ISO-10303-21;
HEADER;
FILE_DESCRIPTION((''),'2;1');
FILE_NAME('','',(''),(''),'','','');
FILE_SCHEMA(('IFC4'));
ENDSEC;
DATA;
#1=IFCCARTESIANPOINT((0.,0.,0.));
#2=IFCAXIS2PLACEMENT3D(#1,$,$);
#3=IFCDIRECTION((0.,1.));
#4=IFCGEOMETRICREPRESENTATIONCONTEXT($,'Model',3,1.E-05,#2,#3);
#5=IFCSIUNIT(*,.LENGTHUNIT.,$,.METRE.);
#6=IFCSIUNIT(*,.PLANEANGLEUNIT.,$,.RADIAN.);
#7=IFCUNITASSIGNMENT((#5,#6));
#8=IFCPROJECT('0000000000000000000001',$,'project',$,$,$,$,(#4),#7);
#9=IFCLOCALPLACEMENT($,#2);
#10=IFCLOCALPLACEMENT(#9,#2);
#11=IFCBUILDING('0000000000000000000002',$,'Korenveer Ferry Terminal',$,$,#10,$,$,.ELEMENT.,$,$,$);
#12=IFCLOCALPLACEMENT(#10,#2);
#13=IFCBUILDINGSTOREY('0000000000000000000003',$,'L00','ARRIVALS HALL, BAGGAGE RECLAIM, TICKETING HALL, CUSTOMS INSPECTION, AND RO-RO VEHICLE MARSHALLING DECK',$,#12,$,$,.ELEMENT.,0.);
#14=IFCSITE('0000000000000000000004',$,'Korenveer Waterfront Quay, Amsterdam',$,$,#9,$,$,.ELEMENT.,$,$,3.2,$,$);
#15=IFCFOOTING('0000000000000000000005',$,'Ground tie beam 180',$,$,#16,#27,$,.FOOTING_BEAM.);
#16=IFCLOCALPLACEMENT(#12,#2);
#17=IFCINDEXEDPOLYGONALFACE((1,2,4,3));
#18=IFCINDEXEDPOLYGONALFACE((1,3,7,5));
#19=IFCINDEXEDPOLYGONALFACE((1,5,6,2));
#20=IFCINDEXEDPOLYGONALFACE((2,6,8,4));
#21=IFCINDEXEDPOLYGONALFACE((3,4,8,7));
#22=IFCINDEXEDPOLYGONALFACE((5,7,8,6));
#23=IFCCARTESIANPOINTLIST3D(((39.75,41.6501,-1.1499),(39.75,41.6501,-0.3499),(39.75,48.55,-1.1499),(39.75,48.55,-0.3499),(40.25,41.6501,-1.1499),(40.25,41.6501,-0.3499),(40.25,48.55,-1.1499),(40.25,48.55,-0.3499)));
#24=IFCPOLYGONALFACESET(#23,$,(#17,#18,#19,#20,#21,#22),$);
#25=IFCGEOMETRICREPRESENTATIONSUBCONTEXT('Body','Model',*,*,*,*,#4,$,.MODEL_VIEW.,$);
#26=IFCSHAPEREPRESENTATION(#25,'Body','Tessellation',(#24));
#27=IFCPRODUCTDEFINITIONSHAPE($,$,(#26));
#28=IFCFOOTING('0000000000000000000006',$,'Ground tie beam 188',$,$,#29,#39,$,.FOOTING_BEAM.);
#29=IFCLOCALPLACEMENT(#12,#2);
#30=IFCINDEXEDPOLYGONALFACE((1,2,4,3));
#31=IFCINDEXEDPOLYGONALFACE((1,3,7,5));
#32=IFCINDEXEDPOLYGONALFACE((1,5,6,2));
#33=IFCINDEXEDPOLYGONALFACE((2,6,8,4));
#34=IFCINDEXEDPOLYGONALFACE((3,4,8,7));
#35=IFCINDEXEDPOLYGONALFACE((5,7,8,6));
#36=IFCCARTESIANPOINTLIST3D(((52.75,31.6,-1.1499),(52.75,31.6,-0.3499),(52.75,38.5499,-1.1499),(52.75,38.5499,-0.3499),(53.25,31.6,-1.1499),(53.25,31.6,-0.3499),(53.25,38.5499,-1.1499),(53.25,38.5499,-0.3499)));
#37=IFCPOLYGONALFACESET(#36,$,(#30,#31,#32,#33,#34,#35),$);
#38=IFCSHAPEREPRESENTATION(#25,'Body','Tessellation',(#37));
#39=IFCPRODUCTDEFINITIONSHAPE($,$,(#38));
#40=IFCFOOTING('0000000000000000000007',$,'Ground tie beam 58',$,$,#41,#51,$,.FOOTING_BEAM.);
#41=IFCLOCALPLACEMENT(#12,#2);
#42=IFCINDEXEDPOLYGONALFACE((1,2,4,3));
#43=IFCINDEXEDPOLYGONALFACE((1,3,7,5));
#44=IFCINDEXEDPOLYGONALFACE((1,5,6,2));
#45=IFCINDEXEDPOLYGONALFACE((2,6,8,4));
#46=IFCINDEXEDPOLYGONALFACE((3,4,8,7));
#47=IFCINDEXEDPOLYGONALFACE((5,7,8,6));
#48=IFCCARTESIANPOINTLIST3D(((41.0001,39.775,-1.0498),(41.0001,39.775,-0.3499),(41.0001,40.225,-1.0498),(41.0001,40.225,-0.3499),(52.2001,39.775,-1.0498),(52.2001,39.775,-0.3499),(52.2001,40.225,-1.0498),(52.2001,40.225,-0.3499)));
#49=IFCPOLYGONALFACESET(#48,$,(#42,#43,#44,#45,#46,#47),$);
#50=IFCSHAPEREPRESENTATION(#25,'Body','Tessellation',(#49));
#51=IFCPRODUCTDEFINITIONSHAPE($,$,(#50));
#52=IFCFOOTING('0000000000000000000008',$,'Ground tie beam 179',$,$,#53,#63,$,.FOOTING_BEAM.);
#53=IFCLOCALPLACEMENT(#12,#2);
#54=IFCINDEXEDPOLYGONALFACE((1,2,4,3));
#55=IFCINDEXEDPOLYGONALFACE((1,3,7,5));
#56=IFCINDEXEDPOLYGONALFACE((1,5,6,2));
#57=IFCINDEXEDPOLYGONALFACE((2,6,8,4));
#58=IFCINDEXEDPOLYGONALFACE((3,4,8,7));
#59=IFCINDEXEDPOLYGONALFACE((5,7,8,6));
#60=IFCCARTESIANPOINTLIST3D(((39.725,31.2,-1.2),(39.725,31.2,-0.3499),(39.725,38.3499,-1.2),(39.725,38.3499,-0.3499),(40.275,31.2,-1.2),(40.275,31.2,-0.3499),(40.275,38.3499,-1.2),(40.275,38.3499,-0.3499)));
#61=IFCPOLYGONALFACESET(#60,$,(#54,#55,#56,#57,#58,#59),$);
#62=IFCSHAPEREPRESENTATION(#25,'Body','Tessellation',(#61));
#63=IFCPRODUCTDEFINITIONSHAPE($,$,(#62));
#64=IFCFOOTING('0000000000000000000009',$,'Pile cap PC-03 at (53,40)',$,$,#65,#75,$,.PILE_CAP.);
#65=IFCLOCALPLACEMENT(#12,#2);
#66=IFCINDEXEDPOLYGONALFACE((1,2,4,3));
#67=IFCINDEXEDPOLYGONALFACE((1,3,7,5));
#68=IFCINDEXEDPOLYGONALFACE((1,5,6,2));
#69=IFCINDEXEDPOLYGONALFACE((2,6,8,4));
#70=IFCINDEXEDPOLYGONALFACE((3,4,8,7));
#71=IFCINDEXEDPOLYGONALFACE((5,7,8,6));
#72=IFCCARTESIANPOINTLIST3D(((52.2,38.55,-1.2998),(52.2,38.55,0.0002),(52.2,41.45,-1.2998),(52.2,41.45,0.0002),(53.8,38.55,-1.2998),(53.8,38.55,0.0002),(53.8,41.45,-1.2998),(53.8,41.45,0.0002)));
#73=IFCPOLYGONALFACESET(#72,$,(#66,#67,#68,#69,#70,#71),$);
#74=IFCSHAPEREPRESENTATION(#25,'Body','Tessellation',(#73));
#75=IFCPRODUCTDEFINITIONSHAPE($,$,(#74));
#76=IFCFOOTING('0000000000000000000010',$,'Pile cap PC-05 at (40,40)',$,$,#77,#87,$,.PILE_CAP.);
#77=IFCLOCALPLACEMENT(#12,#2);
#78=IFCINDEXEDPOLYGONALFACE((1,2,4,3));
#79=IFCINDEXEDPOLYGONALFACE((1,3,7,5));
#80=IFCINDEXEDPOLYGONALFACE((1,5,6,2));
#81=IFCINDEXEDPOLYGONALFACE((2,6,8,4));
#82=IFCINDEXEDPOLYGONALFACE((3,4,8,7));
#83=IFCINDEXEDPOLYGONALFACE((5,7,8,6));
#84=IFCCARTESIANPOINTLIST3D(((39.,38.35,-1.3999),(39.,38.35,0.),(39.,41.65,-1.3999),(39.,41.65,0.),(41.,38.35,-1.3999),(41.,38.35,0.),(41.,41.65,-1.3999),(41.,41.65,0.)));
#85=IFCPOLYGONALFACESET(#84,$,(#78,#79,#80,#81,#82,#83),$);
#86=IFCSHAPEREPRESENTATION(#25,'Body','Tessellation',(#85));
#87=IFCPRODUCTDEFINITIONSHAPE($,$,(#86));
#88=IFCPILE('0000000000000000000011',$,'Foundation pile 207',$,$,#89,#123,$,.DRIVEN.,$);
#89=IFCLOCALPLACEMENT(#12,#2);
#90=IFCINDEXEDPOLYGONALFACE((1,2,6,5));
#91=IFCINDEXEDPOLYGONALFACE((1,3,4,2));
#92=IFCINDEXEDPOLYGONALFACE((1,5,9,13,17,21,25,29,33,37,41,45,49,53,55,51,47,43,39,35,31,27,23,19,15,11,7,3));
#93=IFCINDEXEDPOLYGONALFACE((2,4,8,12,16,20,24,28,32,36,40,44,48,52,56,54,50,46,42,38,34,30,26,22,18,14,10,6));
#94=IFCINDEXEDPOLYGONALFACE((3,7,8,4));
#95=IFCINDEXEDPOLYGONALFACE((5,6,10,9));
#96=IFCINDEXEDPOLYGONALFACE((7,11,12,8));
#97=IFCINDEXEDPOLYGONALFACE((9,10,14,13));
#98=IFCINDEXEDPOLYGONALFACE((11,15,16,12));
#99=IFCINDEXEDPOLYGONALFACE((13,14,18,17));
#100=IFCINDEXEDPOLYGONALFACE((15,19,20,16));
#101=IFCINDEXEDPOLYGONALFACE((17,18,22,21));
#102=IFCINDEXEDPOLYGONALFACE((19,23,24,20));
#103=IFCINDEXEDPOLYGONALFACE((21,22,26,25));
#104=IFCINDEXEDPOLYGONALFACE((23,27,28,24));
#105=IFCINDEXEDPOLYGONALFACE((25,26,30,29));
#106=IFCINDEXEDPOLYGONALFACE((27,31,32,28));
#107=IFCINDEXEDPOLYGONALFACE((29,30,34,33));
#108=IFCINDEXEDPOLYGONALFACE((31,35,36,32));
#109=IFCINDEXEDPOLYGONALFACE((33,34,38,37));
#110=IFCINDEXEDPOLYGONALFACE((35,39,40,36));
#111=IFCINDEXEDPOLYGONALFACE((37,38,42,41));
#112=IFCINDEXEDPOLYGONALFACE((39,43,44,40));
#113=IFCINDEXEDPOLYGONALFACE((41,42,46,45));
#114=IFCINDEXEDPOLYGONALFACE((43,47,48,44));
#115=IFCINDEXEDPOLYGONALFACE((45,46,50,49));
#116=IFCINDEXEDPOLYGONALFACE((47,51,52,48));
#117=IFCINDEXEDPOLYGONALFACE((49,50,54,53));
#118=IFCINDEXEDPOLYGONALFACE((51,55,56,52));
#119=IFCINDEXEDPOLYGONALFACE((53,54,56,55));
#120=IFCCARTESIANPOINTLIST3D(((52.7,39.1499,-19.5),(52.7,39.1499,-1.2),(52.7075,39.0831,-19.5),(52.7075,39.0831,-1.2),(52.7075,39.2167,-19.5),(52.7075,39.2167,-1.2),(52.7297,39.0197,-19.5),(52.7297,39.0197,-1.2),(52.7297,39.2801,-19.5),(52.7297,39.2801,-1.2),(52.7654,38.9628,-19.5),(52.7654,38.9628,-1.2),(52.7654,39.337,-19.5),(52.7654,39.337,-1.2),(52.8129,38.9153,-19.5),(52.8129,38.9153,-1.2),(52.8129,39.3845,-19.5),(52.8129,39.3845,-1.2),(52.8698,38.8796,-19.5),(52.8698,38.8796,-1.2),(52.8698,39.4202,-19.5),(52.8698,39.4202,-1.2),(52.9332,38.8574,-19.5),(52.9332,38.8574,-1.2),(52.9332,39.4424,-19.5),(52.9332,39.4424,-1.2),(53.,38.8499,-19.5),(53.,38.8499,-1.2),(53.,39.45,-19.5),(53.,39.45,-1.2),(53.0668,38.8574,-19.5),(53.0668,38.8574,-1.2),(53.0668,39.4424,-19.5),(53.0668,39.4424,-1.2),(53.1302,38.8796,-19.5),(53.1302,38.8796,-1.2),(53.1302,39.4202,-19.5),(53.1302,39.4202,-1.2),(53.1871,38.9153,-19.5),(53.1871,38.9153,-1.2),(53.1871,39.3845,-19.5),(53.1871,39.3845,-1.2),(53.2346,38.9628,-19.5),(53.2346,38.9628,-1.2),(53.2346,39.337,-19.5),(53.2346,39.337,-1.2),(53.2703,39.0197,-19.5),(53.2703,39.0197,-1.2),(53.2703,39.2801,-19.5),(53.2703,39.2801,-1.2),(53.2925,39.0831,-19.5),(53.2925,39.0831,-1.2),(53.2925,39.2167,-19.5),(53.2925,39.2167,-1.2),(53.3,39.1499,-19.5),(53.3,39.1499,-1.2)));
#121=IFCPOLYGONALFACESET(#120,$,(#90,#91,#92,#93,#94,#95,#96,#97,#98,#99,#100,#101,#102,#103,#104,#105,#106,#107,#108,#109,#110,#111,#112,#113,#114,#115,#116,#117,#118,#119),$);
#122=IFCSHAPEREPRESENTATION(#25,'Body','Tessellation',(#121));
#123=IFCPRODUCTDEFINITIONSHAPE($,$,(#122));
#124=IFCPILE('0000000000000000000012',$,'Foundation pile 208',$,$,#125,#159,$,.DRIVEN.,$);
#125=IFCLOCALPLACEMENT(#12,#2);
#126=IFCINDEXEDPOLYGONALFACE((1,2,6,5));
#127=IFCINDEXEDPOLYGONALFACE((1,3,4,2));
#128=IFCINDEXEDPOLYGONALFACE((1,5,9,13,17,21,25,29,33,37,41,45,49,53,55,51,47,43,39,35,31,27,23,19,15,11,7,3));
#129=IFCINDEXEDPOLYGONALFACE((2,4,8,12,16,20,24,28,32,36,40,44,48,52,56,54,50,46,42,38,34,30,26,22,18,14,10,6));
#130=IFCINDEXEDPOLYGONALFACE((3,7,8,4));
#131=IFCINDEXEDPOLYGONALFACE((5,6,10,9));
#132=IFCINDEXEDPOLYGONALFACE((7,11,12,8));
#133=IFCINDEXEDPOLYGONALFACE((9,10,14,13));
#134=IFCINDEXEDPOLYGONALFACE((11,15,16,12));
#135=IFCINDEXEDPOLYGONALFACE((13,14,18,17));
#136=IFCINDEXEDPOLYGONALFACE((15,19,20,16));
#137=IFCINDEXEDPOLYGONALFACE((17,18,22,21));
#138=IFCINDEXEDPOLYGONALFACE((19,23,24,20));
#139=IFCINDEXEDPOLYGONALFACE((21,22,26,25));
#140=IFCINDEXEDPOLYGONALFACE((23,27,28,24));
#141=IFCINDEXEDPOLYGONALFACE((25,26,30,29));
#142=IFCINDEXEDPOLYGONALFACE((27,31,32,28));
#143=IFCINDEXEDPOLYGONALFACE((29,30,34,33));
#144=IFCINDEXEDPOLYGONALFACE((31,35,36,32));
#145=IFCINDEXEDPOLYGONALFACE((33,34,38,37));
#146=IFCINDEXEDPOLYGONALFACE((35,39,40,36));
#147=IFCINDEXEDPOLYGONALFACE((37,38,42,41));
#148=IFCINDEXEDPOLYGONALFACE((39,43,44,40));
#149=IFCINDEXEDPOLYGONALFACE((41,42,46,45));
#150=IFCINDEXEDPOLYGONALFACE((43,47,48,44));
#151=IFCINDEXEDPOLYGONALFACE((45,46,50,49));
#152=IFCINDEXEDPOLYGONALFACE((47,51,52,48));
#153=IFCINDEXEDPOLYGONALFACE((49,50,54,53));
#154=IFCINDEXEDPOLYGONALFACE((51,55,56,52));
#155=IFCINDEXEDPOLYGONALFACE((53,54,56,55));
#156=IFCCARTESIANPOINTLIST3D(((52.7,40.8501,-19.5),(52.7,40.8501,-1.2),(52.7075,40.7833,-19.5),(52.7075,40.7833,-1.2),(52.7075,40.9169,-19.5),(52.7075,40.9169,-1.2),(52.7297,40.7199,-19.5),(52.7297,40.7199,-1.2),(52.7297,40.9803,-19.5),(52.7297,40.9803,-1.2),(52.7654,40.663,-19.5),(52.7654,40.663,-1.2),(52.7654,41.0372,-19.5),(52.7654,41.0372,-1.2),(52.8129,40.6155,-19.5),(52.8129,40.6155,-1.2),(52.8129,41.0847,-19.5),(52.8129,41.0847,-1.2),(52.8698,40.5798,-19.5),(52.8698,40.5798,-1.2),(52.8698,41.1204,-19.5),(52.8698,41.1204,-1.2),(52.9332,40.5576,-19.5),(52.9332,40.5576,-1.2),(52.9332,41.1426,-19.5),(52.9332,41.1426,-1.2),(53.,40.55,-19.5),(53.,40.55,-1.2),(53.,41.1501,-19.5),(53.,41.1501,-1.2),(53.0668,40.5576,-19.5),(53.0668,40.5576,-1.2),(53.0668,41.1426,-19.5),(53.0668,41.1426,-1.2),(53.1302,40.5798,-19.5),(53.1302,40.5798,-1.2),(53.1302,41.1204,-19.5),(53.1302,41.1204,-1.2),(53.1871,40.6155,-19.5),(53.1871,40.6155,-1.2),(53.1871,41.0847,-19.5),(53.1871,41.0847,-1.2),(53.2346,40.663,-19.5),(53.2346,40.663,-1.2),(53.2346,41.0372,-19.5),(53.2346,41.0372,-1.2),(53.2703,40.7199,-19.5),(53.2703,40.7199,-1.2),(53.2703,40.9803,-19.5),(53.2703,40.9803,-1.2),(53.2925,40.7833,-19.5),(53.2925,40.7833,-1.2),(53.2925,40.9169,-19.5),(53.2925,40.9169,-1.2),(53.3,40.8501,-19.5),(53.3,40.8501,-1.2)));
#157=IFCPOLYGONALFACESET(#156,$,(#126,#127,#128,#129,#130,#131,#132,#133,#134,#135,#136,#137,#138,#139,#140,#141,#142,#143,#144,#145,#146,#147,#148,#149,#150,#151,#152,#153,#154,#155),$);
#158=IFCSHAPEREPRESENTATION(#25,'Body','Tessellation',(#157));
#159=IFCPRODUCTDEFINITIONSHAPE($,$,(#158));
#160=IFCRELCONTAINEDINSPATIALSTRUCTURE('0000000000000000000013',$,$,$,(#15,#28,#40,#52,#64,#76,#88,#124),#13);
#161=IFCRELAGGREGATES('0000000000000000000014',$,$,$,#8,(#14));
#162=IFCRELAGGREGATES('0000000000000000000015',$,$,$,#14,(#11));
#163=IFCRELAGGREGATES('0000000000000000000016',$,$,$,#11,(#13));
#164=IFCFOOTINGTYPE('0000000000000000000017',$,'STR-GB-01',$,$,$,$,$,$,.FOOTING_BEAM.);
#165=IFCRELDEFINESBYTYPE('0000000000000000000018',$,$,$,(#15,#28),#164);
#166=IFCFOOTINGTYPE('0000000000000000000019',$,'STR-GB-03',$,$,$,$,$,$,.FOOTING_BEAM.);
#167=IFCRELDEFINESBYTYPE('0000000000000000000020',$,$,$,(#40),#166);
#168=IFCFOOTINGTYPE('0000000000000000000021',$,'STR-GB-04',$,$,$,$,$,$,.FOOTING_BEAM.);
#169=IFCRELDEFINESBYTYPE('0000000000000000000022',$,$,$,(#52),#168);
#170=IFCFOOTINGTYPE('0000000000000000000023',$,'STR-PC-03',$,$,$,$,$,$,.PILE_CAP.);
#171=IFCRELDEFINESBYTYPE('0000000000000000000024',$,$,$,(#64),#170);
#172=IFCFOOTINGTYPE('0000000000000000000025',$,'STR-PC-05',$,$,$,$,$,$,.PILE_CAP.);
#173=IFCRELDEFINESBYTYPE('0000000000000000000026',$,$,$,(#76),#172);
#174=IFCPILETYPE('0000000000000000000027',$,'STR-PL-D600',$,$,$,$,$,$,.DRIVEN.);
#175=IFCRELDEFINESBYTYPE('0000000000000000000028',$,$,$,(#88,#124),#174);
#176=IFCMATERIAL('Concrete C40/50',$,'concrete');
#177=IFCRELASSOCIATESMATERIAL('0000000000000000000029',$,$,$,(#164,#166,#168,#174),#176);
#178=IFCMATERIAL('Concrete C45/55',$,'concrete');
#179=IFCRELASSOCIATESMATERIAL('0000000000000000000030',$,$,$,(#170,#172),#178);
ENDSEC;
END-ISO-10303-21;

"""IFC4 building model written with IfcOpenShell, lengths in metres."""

from ifc_helpers import new_model, si_unit, direction, frame, origin, origin_2d, place, context, subcontext, project, spatial, rectangle, circle, extrude, material, material_profile, profile_set, type_object, element, save


model = new_model("IFC4")

# Units and contexts
model_context = context("Model", 3, precision=1e-05, world=origin(), true_north=direction((0.0, 1.0)))
body_context = subcontext(model_context, "Body", "Model", "MODEL_VIEW")
ifc_project = project(units=[si_unit("LENGTHUNIT", "METRE"), si_unit("PLANEANGLEUNIT", "RADIAN")], contexts=[model_context])

# Site, building, storey
site_placement = place(None, origin())
site = spatial("IfcSite", under=ifc_project, at=site_placement, Name="Korenveer Waterfront Quay, Amsterdam", CompositionType="ELEMENT", RefElevation=3.2)
building_placement = place(site_placement, origin())
building = spatial("IfcBuilding", under=site, at=building_placement, Name="Korenveer Ferry Terminal", CompositionType="ELEMENT")
storey_placement = place(building_placement, origin())
storey = spatial("IfcBuildingStorey", under=building, at=storey_placement, Name="L00", Description="ARRIVALS HALL, BAGGAGE RECLAIM, TICKETING HALL, CUSTOMS INSPECTION, AND RO-RO VEHICLE MARSHALLING DECK", CompositionType="ELEMENT", Elevation=0.0)

# Footings
ifc_material_1 = material(Name="Concrete C40/50", Category="concrete")
footing_type_1 = type_object("IfcFootingType", Name="STR-GB-01", PredefinedType="FOOTING_BEAM", material=ifc_material_1)
footing_1_placement = place(storey_placement, frame((40.0, 45.1001, -1.1499), z_axis=(0.0, 0.0, 1.0), x_axis=(1.0, 0.0, 0.0)))
element("IfcFooting", 1, at=footing_1_placement, inside=storey, type_object=footing_type_1, Name="Ground tie beam 180", PredefinedType="FOOTING_BEAM", context=body_context, shape_type="SweptSolid", body=[
    extrude(rectangle(XDim=0.5, YDim=6.8999, at=origin_2d()), origin(), (0.0, 0.0, 1.0), 0.8),
])
footing_2_placement = place(storey_placement, frame((53.0, 35.075, -1.1499), z_axis=(0.0, 0.0, 1.0), x_axis=(1.0, 0.0, 0.0)))
element("IfcFooting", 2, at=footing_2_placement, inside=storey, type_object=footing_type_1, Name="Ground tie beam 188", PredefinedType="FOOTING_BEAM", context=body_context, shape_type="SweptSolid", body=[
    extrude(rectangle(XDim=0.5, YDim=6.95, at=origin_2d()), origin(), (0.0, 0.0, 1.0), 0.8),
])
footing_type_2 = type_object("IfcFootingType", Name="STR-GB-03", PredefinedType="FOOTING_BEAM", material=ifc_material_1)
footing_3_placement = place(storey_placement, frame((46.6001, 40.0, -1.0498), z_axis=(0.0, 0.0, 1.0), x_axis=(1.0, 0.0, 0.0)))
element("IfcFooting", 3, at=footing_3_placement, inside=storey, type_object=footing_type_2, Name="Ground tie beam 58", PredefinedType="FOOTING_BEAM", context=body_context, shape_type="SweptSolid", body=[
    extrude(rectangle(XDim=11.2, YDim=0.45, at=origin_2d()), origin(), (0.0, 0.0, 1.0), 0.7),
])
footing_type_3 = type_object("IfcFootingType", Name="STR-GB-04", PredefinedType="FOOTING_BEAM", material=ifc_material_1)
footing_4_placement = place(storey_placement, frame((40.0, 34.7749, -1.2), z_axis=(0.0, 0.0, 1.0), x_axis=(1.0, 0.0, 0.0)))
element("IfcFooting", 4, at=footing_4_placement, inside=storey, type_object=footing_type_3, Name="Ground tie beam 179", PredefinedType="FOOTING_BEAM", context=body_context, shape_type="SweptSolid", body=[
    extrude(rectangle(XDim=0.55, YDim=7.1499, at=origin_2d()), origin(), (0.0, 0.0, 1.0), 0.8501),
])
ifc_material_2 = material(Name="Concrete C45/55", Category="concrete")
footing_type_4 = type_object("IfcFootingType", Name="STR-PC-03", PredefinedType="PILE_CAP", material=ifc_material_2)
footing_5_placement = place(storey_placement, frame((53.0, 40.0, -1.2998), z_axis=(0.0, 0.0, 1.0), x_axis=(1.0, 0.0, 0.0)))
element("IfcFooting", 5, at=footing_5_placement, inside=storey, type_object=footing_type_4, Name="Pile cap PC-03 at (53,40)", PredefinedType="PILE_CAP", context=body_context, shape_type="SweptSolid", body=[
    extrude(rectangle(XDim=1.6001, YDim=2.8999, at=origin_2d()), origin(), (0.0, 0.0, 1.0), 1.3),
])
footing_type_5 = type_object("IfcFootingType", Name="STR-PC-05", PredefinedType="PILE_CAP", material=ifc_material_2)
footing_6_placement = place(storey_placement, frame((40.0, 40.0, -1.3999), z_axis=(0.0, 0.0, 1.0), x_axis=(1.0, 0.0, 0.0)))
element("IfcFooting", 6, at=footing_6_placement, inside=storey, type_object=footing_type_5, Name="Pile cap PC-05 at (40,40)", PredefinedType="PILE_CAP", context=body_context, shape_type="SweptSolid", body=[
    extrude(rectangle(XDim=2.0, YDim=3.3, at=origin_2d()), origin(), (0.0, 0.0, 1.0), 1.3999),
])

# Piles
ifc_material_profile_1 = material_profile(ifc_material_1, circle(Radius=0.3, at=origin_2d()), Name="PILE D600")
ifc_profile_set_1 = profile_set([ifc_material_profile_1], Name="Concrete C40/50")
pile_type_1 = type_object("IfcPileType", Name="STR-PL-D600", PredefinedType="DRIVEN", material=ifc_profile_set_1)
for number, where, z_axis, x_axis, name in (
    (7, (53.0, 39.1499, -1.2), (0.0, 0.0, -1.0), (1.0, 0.0, 0.0), "Foundation pile 207"),
    (8, (53.0, 40.8501, -1.2), (0.0, 0.0, -1.0), (1.0, 0.0, 0.0), "Foundation pile 208"),
):
    element("IfcPile", number, at=place(storey_placement, frame(where, z_axis=z_axis, x_axis=x_axis)), inside=storey, type_object=pile_type_1, Name=name, PredefinedType="DRIVEN", context=body_context, shape_type="SweptSolid", body=[
        extrude(circle(Radius=0.3, at=origin_2d()), origin(), (0.0, 0.0, 1.0), 18.3),
    ])

save(model, "model.ifc")
